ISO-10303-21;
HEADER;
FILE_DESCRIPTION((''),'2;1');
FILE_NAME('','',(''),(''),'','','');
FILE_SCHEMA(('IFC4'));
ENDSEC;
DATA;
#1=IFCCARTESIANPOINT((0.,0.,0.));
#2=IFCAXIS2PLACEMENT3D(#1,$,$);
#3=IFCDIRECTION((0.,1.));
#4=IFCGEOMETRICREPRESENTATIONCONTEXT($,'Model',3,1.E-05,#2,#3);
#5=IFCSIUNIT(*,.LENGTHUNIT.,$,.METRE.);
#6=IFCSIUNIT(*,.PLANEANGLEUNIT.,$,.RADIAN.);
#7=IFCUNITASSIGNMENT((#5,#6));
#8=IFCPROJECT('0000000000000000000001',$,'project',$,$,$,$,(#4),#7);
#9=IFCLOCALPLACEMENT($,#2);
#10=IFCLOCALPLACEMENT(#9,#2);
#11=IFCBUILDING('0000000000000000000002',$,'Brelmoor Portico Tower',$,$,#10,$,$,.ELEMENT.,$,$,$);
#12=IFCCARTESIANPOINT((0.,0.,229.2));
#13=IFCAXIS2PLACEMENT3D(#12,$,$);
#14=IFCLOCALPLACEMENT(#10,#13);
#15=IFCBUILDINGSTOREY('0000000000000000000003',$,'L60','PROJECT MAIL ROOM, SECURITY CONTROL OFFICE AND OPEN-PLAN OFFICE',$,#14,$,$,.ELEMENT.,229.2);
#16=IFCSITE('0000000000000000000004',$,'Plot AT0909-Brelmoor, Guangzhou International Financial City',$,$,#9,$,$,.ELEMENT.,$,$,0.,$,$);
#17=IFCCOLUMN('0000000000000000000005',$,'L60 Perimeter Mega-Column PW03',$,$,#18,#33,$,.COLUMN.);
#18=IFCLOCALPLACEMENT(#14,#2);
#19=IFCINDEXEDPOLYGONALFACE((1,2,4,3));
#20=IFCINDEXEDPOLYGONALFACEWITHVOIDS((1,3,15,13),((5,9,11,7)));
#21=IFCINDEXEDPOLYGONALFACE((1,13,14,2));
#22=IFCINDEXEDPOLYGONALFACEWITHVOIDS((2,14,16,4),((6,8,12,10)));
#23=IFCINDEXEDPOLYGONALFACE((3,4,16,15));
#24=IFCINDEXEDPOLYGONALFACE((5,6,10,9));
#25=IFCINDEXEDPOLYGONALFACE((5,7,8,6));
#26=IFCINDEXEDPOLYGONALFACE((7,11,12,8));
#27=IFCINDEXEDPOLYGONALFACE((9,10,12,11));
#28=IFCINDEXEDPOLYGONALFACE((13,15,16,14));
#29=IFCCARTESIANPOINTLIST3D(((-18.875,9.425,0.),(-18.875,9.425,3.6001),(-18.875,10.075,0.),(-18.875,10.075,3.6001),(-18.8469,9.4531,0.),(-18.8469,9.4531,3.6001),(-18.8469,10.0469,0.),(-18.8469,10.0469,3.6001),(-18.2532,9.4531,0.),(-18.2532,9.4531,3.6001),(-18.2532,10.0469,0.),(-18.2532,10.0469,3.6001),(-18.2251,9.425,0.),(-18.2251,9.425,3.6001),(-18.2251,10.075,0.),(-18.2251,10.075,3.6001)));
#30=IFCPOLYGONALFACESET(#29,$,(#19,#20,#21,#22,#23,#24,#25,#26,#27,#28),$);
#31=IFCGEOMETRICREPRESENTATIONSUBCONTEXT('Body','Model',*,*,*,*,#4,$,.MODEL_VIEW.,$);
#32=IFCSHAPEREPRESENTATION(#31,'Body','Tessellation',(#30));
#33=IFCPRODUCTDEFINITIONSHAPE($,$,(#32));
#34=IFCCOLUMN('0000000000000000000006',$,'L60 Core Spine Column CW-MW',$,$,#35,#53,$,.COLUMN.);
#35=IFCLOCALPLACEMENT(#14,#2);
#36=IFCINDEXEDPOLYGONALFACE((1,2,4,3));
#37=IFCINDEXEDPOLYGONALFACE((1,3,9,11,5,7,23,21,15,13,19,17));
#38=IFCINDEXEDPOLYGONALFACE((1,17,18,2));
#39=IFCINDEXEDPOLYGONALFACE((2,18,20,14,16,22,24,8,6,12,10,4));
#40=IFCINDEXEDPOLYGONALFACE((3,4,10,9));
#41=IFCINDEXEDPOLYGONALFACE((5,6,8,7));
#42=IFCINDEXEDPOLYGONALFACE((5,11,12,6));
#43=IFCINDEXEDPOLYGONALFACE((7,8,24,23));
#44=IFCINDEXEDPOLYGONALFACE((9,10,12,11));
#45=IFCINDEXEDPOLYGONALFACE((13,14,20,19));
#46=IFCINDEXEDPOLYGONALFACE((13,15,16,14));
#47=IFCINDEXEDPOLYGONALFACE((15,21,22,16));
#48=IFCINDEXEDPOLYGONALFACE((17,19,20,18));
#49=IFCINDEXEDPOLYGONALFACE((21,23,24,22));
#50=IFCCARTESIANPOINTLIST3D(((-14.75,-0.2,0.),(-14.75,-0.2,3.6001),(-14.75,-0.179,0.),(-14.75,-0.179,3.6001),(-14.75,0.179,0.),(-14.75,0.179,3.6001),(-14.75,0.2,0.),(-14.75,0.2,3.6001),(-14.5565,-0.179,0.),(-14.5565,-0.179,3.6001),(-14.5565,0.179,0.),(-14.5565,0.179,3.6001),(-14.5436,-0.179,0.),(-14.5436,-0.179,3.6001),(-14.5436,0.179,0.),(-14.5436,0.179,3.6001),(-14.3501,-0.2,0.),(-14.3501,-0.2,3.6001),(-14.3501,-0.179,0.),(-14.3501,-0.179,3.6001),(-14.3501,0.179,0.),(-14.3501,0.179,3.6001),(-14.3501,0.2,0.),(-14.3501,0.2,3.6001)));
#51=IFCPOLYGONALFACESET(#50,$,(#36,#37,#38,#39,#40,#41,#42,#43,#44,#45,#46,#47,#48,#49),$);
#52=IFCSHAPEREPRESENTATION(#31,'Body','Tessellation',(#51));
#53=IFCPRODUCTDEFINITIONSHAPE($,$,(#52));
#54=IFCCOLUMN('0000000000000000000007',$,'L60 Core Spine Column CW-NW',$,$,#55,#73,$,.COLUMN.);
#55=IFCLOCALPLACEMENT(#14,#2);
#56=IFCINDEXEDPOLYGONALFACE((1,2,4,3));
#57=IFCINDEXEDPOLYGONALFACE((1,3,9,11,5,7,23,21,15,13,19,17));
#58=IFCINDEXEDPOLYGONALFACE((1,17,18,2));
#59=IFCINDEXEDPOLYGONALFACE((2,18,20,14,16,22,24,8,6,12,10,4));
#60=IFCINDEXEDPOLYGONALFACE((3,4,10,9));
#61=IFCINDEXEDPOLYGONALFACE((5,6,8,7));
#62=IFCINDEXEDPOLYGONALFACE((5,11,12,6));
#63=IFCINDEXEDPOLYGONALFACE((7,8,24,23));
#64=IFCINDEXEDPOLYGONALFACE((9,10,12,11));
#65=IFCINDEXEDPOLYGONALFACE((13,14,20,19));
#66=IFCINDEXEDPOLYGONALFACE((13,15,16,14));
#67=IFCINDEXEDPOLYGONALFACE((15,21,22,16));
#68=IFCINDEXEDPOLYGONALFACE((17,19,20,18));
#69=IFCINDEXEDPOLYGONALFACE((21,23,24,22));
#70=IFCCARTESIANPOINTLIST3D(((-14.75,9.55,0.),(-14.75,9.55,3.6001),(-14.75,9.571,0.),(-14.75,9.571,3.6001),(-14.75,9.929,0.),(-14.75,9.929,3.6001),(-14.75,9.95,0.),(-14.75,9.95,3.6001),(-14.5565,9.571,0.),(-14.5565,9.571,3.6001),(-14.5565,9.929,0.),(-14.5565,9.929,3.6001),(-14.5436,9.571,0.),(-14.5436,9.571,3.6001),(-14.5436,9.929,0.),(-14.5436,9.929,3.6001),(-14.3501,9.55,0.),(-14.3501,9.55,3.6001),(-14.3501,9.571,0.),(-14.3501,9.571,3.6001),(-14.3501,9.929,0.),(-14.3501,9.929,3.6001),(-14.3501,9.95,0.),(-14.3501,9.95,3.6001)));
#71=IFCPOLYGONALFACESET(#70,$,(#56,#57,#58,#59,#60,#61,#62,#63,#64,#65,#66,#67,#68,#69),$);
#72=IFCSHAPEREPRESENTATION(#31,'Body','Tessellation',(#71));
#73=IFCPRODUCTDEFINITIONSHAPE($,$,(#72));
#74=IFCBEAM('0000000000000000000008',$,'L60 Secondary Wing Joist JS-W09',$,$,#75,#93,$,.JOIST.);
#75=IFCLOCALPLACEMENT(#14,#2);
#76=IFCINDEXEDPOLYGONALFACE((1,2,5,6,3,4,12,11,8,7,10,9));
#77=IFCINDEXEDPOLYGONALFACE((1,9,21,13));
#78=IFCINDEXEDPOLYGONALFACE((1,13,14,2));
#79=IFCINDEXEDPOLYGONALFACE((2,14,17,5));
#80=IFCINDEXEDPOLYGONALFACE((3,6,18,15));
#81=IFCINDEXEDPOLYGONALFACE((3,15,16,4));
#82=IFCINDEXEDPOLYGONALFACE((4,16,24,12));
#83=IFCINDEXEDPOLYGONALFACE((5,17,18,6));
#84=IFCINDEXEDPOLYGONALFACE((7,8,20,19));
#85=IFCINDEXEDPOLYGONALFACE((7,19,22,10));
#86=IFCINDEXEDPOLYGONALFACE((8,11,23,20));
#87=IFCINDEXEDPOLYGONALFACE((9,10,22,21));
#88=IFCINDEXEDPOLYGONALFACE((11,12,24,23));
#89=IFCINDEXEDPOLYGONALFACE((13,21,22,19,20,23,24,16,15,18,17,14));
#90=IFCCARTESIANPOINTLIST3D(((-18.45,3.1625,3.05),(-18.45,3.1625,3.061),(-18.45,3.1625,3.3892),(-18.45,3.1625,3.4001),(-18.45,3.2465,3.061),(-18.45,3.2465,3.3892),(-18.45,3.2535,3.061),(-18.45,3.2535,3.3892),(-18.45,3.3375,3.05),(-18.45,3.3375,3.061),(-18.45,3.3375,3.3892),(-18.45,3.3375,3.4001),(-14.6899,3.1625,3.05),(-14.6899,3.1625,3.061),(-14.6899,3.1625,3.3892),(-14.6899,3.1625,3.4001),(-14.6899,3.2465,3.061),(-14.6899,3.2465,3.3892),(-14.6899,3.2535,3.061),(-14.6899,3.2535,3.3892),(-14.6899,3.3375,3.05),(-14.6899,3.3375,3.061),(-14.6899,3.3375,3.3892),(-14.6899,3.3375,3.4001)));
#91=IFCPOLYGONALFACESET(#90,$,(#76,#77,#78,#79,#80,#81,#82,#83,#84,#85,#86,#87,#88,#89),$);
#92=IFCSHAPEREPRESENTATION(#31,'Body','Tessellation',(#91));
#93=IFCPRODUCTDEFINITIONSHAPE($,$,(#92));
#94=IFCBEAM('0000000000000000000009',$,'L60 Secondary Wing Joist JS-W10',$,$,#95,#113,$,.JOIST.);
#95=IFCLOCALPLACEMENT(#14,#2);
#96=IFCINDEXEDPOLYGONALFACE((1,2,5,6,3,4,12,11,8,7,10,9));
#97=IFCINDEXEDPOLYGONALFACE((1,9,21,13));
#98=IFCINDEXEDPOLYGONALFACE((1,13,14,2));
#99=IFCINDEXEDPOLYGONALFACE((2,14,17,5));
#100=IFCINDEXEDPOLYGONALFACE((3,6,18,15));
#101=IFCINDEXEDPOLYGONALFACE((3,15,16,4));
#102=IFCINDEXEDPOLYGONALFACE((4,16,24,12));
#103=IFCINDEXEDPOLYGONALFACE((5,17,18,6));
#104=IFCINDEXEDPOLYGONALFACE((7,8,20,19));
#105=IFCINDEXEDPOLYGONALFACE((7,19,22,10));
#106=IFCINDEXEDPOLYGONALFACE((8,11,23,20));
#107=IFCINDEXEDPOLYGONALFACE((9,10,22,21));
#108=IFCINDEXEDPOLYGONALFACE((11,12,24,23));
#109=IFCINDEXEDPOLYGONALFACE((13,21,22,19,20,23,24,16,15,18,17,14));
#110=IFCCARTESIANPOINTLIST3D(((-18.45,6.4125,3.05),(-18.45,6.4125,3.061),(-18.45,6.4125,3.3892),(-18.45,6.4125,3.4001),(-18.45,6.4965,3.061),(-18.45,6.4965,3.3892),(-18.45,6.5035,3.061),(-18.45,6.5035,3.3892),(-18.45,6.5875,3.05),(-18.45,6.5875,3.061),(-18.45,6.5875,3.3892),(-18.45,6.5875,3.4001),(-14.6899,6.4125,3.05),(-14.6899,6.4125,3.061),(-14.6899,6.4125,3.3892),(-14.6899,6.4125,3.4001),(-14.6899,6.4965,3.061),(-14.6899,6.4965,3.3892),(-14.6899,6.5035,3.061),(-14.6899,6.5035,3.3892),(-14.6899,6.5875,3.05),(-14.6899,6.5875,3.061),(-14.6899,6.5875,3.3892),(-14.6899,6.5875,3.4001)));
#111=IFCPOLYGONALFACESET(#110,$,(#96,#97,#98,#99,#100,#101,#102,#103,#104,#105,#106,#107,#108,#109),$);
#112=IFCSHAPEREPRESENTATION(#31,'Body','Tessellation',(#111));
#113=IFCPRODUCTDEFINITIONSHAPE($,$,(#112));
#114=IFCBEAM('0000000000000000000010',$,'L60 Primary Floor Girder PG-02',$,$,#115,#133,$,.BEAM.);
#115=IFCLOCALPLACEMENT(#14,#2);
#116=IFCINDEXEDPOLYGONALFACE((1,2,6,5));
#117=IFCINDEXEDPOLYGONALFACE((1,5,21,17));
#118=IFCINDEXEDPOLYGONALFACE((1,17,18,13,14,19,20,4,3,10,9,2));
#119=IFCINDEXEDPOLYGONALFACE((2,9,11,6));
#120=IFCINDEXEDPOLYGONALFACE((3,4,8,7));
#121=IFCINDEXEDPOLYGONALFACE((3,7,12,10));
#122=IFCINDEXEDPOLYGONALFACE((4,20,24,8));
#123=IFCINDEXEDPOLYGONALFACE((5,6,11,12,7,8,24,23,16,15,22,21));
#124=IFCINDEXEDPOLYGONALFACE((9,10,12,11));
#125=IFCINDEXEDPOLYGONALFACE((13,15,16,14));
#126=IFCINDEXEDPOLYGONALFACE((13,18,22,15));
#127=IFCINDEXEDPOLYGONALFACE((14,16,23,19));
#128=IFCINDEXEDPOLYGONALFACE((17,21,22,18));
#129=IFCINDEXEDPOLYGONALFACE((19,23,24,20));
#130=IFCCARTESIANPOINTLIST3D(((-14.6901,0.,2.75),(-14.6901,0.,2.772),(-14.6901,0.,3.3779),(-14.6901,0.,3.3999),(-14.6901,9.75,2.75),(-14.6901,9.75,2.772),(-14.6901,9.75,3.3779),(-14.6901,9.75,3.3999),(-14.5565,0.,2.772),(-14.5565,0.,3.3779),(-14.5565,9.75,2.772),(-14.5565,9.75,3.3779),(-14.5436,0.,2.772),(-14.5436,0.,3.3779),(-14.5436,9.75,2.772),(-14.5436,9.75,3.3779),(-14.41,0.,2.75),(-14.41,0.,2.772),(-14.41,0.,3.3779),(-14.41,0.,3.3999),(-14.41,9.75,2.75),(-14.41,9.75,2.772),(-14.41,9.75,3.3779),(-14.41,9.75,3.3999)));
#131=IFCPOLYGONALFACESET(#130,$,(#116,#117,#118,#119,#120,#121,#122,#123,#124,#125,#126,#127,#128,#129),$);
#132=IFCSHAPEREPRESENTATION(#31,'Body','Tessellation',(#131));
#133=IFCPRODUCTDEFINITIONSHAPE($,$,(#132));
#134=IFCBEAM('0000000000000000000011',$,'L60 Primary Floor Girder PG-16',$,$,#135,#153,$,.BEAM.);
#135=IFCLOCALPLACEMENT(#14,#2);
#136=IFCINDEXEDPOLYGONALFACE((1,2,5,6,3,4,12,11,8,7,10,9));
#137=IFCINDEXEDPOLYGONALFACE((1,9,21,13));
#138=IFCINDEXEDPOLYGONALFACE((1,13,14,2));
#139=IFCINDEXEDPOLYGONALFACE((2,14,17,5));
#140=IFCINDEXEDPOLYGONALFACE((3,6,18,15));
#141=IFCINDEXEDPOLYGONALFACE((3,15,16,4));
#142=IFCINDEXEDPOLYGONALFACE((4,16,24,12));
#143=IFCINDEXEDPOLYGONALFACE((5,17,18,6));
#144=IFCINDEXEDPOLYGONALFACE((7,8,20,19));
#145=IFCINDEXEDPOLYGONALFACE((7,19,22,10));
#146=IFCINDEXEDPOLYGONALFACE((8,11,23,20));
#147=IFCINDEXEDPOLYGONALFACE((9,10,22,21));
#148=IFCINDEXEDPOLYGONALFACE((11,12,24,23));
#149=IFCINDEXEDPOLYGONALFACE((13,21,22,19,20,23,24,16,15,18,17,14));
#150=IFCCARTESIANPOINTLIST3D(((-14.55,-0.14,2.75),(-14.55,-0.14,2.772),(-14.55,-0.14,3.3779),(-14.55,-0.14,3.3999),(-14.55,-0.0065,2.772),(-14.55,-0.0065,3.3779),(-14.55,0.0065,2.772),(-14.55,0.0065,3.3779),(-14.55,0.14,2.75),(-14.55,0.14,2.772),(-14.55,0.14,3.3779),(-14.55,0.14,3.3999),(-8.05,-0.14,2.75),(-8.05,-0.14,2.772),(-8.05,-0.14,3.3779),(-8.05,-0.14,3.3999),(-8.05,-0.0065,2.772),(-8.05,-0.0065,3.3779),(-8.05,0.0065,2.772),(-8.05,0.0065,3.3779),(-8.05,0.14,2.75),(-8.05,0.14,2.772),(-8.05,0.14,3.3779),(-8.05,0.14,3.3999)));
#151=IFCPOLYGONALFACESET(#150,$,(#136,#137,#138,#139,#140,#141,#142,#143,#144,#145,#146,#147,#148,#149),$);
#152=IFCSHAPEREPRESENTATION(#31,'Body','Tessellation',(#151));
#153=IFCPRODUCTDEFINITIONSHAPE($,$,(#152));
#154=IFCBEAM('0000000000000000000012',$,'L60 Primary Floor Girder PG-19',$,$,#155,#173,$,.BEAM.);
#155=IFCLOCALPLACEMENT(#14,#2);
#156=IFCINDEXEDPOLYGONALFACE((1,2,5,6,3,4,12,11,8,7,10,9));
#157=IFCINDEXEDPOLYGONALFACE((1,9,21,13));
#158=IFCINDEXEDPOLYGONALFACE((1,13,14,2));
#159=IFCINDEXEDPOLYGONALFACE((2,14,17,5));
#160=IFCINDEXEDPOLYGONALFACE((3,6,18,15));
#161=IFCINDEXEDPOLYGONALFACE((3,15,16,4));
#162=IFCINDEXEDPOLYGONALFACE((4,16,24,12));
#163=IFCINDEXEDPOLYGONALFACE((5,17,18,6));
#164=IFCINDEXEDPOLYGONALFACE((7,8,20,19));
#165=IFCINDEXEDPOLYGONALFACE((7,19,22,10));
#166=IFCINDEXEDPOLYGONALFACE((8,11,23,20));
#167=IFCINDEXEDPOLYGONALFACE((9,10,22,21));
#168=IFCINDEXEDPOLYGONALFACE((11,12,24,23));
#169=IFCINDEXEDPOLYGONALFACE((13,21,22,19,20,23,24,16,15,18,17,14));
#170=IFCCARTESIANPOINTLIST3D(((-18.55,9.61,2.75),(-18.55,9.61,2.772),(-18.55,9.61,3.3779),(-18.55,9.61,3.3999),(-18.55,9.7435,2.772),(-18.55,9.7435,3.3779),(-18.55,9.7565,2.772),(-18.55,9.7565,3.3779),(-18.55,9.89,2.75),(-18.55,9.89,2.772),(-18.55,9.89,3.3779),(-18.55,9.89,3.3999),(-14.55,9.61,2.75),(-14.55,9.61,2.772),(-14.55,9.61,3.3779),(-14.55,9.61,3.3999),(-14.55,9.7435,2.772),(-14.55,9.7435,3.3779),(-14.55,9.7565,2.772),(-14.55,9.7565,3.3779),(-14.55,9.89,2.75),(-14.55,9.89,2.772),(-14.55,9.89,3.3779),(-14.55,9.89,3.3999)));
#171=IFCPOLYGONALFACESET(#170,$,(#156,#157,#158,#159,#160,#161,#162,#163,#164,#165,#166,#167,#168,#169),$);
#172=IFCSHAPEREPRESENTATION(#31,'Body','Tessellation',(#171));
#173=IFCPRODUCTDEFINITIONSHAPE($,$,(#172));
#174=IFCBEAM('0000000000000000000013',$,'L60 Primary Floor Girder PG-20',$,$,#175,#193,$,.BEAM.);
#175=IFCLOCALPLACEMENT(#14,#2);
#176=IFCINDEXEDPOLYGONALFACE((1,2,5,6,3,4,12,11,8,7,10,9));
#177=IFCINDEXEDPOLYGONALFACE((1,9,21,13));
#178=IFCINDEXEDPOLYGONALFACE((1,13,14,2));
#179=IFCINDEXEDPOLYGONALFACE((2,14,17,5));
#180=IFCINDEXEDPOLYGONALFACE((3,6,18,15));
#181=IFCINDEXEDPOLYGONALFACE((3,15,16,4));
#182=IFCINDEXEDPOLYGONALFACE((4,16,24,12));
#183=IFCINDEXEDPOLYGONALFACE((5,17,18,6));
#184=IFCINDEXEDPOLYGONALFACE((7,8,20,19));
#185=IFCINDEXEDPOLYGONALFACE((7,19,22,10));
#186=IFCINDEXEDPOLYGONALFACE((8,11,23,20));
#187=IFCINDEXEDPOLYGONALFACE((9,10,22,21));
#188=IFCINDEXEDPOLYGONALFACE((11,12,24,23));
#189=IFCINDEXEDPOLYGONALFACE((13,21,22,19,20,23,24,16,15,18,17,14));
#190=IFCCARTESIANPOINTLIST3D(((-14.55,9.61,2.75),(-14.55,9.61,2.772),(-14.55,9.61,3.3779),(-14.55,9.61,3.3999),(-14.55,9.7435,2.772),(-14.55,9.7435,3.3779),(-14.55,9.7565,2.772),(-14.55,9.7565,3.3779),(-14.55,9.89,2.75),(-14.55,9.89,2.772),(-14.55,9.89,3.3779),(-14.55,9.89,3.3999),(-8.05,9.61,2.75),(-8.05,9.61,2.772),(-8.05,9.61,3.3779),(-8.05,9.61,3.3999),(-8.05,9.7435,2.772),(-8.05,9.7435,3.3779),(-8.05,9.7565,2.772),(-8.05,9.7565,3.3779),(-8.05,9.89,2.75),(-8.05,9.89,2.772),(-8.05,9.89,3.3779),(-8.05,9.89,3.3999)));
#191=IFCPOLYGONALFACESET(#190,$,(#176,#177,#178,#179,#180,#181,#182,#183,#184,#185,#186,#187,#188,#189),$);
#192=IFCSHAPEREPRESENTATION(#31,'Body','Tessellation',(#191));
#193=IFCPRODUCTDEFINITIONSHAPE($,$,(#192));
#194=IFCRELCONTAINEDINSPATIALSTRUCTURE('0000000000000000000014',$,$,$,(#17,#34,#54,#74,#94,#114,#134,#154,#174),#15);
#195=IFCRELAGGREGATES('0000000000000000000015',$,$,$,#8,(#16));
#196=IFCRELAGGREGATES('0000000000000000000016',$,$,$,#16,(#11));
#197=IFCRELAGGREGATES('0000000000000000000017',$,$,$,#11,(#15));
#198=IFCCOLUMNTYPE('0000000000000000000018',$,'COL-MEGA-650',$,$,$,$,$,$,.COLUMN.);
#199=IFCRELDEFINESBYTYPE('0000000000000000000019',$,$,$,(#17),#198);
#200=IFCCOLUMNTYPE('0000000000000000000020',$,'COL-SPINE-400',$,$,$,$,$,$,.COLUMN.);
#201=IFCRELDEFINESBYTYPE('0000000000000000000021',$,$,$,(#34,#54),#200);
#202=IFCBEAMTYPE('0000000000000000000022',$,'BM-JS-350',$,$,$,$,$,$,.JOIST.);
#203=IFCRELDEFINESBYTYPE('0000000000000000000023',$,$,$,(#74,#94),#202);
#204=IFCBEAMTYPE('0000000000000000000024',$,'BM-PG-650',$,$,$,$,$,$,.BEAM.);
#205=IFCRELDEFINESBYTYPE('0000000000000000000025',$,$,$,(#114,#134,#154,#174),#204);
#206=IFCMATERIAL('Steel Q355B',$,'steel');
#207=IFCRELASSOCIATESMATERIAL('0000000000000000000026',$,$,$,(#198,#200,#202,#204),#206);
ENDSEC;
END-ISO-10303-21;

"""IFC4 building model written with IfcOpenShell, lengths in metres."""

from ifc_helpers import new_model, si_unit, direction, frame, origin, origin_2d, place, context, subcontext, project, spatial, hollow_rectangle, i_section, extrude, material, material_profile, profile_set, type_object, element, save


model = new_model("IFC4")

# Units and contexts
model_context = context("Model", 3, precision=1e-05, world=origin(), true_north=direction((0.0, 1.0)))
body_context = subcontext(model_context, "Body", "Model", "MODEL_VIEW")
ifc_project = project(units=[si_unit("LENGTHUNIT", "METRE"), si_unit("PLANEANGLEUNIT", "RADIAN")], contexts=[model_context])

# Site, building, storey
site_placement = place(None, origin())
site = spatial("IfcSite", under=ifc_project, at=site_placement, Name="Plot AT0909-Brelmoor, Guangzhou International Financial City", CompositionType="ELEMENT", RefElevation=0.0)
building_placement = place(site_placement, origin())
building = spatial("IfcBuilding", under=site, at=building_placement, Name="Brelmoor Portico Tower", CompositionType="ELEMENT")
storey_placement = place(building_placement, frame((0.0, 0.0, 229.2)))
storey = spatial("IfcBuildingStorey", under=building, at=storey_placement, Name="L60", Description="PROJECT MAIL ROOM, SECURITY CONTROL OFFICE AND OPEN-PLAN OFFICE", CompositionType="ELEMENT", Elevation=229.2)

# Columns
ifc_material_1 = material(Name="Steel Q355B", Category="steel")
ifc_material_profile_1 = material_profile(ifc_material_1, hollow_rectangle(XDim=0.6499, YDim=0.6499, WallThickness=0.0281, at=origin_2d()), Name="BOX 650x650x28")
ifc_profile_set_1 = profile_set([ifc_material_profile_1], Name="Steel Q355B")
column_type_1 = type_object("IfcColumnType", Name="COL-MEGA-650", PredefinedType="COLUMN", material=ifc_profile_set_1)
column_placement = place(storey_placement, frame((-18.55, 9.75, 0.0), z_axis=(0.0, 0.0, 1.0), x_axis=(0.0, 1.0, 0.0)))
element("IfcColumn", 1, at=column_placement, inside=storey, type_object=column_type_1, Name="L60 Perimeter Mega-Column PW03", PredefinedType="COLUMN", context=body_context, shape_type="SweptSolid", body=[
    extrude(hollow_rectangle(XDim=0.6499, YDim=0.6499, WallThickness=0.0281, at=origin_2d()), origin(), (0.0, 0.0, 1.0), 3.6001),
])
ifc_material_profile_2 = material_profile(ifc_material_1, i_section(OverallWidth=0.3999, OverallDepth=0.3999, WebThickness=0.0129, FlangeThickness=0.021, at=origin_2d()), Name="HW 400x400x13x21")
ifc_profile_set_2 = profile_set([ifc_material_profile_2], Name="Steel Q355B")
column_type_2 = type_object("IfcColumnType", Name="COL-SPINE-400", PredefinedType="COLUMN", material=ifc_profile_set_2)
for number, where, z_axis, x_axis, name in (
    (2, (-14.55, 0.0, 0.0), (0.0, 0.0, 1.0), (1.0, 0.0, 0.0), "L60 Core Spine Column CW-MW"),
    (3, (-14.55, 9.75, 0.0), (0.0, 0.0, 1.0), (1.0, 0.0, 0.0), "L60 Core Spine Column CW-NW"),
):
    element("IfcColumn", number, at=place(storey_placement, frame(where, z_axis=z_axis, x_axis=x_axis)), inside=storey, type_object=column_type_2, Name=name, PredefinedType="COLUMN", context=body_context, shape_type="SweptSolid", body=[
        extrude(i_section(OverallWidth=0.3999, OverallDepth=0.3999, WebThickness=0.0129, FlangeThickness=0.021, at=origin_2d()), origin(), (0.0, 0.0, 1.0), 3.6001),
    ])

# Beams
ifc_material_profile_3 = material_profile(ifc_material_1, i_section(OverallWidth=0.175, OverallDepth=0.3501, WebThickness=0.0071, FlangeThickness=0.011, at=origin_2d()), Name="HN 350x175x7x11")
ifc_profile_set_3 = profile_set([ifc_material_profile_3], Name="Steel Q355B")
beam_type_1 = type_object("IfcBeamType", Name="BM-JS-350", PredefinedType="JOIST", material=ifc_profile_set_3)
for number, where, z_axis, x_axis, name in (
    (4, (-18.45, 3.25, 3.2251), (1.0, 0.0, 0.0), (0.0, 1.0, 0.0), "L60 Secondary Wing Joist JS-W09"),
    (5, (-18.45, 6.5, 3.2251), (1.0, 0.0, 0.0), (0.0, 1.0, 0.0), "L60 Secondary Wing Joist JS-W10"),
):
    element("IfcBeam", number, at=place(storey_placement, frame(where, z_axis=z_axis, x_axis=x_axis)), inside=storey, type_object=beam_type_1, Name=name, PredefinedType="JOIST", context=body_context, shape_type="SweptSolid", body=[
        extrude(i_section(OverallWidth=0.175, OverallDepth=0.3501, WebThickness=0.0071, FlangeThickness=0.011, at=origin_2d()), origin(), (0.0, 0.0, 1.0), 3.76),
    ])
ifc_material_profile_4 = material_profile(ifc_material_1, i_section(OverallWidth=0.28, OverallDepth=0.6499, WebThickness=0.0129, FlangeThickness=0.022, at=origin_2d()), Name="HN 650x280x13x22")
ifc_profile_set_4 = profile_set([ifc_material_profile_4], Name="Steel Q355B")
beam_type_2 = type_object("IfcBeamType", Name="BM-PG-650", PredefinedType="BEAM", material=ifc_profile_set_4)
beam_1_placement = place(storey_placement, frame((-14.55, 0.0, 3.075), z_axis=(0.0, 1.0, 0.0), x_axis=(-1.0, 0.0, 0.0)))
element("IfcBeam", 6, at=beam_1_placement, inside=storey, type_object=beam_type_2, Name="L60 Primary Floor Girder PG-02", PredefinedType="BEAM", context=body_context, shape_type="SweptSolid", body=[
    extrude(i_section(OverallWidth=0.28, OverallDepth=0.6499, WebThickness=0.0129, FlangeThickness=0.022, at=origin_2d()), origin(), (0.0, 0.0, 1.0), 9.75),
])
beam_2_placement = place(storey_placement, frame((-14.55, 0.0, 3.075), z_axis=(1.0, 0.0, 0.0), x_axis=(0.0, 1.0, 0.0)))
element("IfcBeam", 7, at=beam_2_placement, inside=storey, type_object=beam_type_2, Name="L60 Primary Floor Girder PG-16", PredefinedType="BEAM", context=body_context, shape_type="SweptSolid", body=[
    extrude(i_section(OverallWidth=0.28, OverallDepth=0.6499, WebThickness=0.0129, FlangeThickness=0.022, at=origin_2d()), origin(), (0.0, 0.0, 1.0), 6.5),
])
beam_3_placement = place(storey_placement, frame((-18.55, 9.75, 3.075), z_axis=(1.0, 0.0, 0.0), x_axis=(0.0, 1.0, 0.0)))
element("IfcBeam", 8, at=beam_3_placement, inside=storey, type_object=beam_type_2, Name="L60 Primary Floor Girder PG-19", PredefinedType="BEAM", context=body_context, shape_type="SweptSolid", body=[
    extrude(i_section(OverallWidth=0.28, OverallDepth=0.6499, WebThickness=0.0129, FlangeThickness=0.022, at=origin_2d()), origin(), (0.0, 0.0, 1.0), 4.0),
])
beam_4_placement = place(storey_placement, frame((-14.55, 9.75, 3.075), z_axis=(1.0, 0.0, 0.0), x_axis=(0.0, 1.0, 0.0)))
element("IfcBeam", 9, at=beam_4_placement, inside=storey, type_object=beam_type_2, Name="L60 Primary Floor Girder PG-20", PredefinedType="BEAM", context=body_context, shape_type="SweptSolid", body=[
    extrude(i_section(OverallWidth=0.28, OverallDepth=0.6499, WebThickness=0.0129, FlangeThickness=0.022, at=origin_2d()), origin(), (0.0, 0.0, 1.0), 6.5),
])

save(model, "model.ifc")
